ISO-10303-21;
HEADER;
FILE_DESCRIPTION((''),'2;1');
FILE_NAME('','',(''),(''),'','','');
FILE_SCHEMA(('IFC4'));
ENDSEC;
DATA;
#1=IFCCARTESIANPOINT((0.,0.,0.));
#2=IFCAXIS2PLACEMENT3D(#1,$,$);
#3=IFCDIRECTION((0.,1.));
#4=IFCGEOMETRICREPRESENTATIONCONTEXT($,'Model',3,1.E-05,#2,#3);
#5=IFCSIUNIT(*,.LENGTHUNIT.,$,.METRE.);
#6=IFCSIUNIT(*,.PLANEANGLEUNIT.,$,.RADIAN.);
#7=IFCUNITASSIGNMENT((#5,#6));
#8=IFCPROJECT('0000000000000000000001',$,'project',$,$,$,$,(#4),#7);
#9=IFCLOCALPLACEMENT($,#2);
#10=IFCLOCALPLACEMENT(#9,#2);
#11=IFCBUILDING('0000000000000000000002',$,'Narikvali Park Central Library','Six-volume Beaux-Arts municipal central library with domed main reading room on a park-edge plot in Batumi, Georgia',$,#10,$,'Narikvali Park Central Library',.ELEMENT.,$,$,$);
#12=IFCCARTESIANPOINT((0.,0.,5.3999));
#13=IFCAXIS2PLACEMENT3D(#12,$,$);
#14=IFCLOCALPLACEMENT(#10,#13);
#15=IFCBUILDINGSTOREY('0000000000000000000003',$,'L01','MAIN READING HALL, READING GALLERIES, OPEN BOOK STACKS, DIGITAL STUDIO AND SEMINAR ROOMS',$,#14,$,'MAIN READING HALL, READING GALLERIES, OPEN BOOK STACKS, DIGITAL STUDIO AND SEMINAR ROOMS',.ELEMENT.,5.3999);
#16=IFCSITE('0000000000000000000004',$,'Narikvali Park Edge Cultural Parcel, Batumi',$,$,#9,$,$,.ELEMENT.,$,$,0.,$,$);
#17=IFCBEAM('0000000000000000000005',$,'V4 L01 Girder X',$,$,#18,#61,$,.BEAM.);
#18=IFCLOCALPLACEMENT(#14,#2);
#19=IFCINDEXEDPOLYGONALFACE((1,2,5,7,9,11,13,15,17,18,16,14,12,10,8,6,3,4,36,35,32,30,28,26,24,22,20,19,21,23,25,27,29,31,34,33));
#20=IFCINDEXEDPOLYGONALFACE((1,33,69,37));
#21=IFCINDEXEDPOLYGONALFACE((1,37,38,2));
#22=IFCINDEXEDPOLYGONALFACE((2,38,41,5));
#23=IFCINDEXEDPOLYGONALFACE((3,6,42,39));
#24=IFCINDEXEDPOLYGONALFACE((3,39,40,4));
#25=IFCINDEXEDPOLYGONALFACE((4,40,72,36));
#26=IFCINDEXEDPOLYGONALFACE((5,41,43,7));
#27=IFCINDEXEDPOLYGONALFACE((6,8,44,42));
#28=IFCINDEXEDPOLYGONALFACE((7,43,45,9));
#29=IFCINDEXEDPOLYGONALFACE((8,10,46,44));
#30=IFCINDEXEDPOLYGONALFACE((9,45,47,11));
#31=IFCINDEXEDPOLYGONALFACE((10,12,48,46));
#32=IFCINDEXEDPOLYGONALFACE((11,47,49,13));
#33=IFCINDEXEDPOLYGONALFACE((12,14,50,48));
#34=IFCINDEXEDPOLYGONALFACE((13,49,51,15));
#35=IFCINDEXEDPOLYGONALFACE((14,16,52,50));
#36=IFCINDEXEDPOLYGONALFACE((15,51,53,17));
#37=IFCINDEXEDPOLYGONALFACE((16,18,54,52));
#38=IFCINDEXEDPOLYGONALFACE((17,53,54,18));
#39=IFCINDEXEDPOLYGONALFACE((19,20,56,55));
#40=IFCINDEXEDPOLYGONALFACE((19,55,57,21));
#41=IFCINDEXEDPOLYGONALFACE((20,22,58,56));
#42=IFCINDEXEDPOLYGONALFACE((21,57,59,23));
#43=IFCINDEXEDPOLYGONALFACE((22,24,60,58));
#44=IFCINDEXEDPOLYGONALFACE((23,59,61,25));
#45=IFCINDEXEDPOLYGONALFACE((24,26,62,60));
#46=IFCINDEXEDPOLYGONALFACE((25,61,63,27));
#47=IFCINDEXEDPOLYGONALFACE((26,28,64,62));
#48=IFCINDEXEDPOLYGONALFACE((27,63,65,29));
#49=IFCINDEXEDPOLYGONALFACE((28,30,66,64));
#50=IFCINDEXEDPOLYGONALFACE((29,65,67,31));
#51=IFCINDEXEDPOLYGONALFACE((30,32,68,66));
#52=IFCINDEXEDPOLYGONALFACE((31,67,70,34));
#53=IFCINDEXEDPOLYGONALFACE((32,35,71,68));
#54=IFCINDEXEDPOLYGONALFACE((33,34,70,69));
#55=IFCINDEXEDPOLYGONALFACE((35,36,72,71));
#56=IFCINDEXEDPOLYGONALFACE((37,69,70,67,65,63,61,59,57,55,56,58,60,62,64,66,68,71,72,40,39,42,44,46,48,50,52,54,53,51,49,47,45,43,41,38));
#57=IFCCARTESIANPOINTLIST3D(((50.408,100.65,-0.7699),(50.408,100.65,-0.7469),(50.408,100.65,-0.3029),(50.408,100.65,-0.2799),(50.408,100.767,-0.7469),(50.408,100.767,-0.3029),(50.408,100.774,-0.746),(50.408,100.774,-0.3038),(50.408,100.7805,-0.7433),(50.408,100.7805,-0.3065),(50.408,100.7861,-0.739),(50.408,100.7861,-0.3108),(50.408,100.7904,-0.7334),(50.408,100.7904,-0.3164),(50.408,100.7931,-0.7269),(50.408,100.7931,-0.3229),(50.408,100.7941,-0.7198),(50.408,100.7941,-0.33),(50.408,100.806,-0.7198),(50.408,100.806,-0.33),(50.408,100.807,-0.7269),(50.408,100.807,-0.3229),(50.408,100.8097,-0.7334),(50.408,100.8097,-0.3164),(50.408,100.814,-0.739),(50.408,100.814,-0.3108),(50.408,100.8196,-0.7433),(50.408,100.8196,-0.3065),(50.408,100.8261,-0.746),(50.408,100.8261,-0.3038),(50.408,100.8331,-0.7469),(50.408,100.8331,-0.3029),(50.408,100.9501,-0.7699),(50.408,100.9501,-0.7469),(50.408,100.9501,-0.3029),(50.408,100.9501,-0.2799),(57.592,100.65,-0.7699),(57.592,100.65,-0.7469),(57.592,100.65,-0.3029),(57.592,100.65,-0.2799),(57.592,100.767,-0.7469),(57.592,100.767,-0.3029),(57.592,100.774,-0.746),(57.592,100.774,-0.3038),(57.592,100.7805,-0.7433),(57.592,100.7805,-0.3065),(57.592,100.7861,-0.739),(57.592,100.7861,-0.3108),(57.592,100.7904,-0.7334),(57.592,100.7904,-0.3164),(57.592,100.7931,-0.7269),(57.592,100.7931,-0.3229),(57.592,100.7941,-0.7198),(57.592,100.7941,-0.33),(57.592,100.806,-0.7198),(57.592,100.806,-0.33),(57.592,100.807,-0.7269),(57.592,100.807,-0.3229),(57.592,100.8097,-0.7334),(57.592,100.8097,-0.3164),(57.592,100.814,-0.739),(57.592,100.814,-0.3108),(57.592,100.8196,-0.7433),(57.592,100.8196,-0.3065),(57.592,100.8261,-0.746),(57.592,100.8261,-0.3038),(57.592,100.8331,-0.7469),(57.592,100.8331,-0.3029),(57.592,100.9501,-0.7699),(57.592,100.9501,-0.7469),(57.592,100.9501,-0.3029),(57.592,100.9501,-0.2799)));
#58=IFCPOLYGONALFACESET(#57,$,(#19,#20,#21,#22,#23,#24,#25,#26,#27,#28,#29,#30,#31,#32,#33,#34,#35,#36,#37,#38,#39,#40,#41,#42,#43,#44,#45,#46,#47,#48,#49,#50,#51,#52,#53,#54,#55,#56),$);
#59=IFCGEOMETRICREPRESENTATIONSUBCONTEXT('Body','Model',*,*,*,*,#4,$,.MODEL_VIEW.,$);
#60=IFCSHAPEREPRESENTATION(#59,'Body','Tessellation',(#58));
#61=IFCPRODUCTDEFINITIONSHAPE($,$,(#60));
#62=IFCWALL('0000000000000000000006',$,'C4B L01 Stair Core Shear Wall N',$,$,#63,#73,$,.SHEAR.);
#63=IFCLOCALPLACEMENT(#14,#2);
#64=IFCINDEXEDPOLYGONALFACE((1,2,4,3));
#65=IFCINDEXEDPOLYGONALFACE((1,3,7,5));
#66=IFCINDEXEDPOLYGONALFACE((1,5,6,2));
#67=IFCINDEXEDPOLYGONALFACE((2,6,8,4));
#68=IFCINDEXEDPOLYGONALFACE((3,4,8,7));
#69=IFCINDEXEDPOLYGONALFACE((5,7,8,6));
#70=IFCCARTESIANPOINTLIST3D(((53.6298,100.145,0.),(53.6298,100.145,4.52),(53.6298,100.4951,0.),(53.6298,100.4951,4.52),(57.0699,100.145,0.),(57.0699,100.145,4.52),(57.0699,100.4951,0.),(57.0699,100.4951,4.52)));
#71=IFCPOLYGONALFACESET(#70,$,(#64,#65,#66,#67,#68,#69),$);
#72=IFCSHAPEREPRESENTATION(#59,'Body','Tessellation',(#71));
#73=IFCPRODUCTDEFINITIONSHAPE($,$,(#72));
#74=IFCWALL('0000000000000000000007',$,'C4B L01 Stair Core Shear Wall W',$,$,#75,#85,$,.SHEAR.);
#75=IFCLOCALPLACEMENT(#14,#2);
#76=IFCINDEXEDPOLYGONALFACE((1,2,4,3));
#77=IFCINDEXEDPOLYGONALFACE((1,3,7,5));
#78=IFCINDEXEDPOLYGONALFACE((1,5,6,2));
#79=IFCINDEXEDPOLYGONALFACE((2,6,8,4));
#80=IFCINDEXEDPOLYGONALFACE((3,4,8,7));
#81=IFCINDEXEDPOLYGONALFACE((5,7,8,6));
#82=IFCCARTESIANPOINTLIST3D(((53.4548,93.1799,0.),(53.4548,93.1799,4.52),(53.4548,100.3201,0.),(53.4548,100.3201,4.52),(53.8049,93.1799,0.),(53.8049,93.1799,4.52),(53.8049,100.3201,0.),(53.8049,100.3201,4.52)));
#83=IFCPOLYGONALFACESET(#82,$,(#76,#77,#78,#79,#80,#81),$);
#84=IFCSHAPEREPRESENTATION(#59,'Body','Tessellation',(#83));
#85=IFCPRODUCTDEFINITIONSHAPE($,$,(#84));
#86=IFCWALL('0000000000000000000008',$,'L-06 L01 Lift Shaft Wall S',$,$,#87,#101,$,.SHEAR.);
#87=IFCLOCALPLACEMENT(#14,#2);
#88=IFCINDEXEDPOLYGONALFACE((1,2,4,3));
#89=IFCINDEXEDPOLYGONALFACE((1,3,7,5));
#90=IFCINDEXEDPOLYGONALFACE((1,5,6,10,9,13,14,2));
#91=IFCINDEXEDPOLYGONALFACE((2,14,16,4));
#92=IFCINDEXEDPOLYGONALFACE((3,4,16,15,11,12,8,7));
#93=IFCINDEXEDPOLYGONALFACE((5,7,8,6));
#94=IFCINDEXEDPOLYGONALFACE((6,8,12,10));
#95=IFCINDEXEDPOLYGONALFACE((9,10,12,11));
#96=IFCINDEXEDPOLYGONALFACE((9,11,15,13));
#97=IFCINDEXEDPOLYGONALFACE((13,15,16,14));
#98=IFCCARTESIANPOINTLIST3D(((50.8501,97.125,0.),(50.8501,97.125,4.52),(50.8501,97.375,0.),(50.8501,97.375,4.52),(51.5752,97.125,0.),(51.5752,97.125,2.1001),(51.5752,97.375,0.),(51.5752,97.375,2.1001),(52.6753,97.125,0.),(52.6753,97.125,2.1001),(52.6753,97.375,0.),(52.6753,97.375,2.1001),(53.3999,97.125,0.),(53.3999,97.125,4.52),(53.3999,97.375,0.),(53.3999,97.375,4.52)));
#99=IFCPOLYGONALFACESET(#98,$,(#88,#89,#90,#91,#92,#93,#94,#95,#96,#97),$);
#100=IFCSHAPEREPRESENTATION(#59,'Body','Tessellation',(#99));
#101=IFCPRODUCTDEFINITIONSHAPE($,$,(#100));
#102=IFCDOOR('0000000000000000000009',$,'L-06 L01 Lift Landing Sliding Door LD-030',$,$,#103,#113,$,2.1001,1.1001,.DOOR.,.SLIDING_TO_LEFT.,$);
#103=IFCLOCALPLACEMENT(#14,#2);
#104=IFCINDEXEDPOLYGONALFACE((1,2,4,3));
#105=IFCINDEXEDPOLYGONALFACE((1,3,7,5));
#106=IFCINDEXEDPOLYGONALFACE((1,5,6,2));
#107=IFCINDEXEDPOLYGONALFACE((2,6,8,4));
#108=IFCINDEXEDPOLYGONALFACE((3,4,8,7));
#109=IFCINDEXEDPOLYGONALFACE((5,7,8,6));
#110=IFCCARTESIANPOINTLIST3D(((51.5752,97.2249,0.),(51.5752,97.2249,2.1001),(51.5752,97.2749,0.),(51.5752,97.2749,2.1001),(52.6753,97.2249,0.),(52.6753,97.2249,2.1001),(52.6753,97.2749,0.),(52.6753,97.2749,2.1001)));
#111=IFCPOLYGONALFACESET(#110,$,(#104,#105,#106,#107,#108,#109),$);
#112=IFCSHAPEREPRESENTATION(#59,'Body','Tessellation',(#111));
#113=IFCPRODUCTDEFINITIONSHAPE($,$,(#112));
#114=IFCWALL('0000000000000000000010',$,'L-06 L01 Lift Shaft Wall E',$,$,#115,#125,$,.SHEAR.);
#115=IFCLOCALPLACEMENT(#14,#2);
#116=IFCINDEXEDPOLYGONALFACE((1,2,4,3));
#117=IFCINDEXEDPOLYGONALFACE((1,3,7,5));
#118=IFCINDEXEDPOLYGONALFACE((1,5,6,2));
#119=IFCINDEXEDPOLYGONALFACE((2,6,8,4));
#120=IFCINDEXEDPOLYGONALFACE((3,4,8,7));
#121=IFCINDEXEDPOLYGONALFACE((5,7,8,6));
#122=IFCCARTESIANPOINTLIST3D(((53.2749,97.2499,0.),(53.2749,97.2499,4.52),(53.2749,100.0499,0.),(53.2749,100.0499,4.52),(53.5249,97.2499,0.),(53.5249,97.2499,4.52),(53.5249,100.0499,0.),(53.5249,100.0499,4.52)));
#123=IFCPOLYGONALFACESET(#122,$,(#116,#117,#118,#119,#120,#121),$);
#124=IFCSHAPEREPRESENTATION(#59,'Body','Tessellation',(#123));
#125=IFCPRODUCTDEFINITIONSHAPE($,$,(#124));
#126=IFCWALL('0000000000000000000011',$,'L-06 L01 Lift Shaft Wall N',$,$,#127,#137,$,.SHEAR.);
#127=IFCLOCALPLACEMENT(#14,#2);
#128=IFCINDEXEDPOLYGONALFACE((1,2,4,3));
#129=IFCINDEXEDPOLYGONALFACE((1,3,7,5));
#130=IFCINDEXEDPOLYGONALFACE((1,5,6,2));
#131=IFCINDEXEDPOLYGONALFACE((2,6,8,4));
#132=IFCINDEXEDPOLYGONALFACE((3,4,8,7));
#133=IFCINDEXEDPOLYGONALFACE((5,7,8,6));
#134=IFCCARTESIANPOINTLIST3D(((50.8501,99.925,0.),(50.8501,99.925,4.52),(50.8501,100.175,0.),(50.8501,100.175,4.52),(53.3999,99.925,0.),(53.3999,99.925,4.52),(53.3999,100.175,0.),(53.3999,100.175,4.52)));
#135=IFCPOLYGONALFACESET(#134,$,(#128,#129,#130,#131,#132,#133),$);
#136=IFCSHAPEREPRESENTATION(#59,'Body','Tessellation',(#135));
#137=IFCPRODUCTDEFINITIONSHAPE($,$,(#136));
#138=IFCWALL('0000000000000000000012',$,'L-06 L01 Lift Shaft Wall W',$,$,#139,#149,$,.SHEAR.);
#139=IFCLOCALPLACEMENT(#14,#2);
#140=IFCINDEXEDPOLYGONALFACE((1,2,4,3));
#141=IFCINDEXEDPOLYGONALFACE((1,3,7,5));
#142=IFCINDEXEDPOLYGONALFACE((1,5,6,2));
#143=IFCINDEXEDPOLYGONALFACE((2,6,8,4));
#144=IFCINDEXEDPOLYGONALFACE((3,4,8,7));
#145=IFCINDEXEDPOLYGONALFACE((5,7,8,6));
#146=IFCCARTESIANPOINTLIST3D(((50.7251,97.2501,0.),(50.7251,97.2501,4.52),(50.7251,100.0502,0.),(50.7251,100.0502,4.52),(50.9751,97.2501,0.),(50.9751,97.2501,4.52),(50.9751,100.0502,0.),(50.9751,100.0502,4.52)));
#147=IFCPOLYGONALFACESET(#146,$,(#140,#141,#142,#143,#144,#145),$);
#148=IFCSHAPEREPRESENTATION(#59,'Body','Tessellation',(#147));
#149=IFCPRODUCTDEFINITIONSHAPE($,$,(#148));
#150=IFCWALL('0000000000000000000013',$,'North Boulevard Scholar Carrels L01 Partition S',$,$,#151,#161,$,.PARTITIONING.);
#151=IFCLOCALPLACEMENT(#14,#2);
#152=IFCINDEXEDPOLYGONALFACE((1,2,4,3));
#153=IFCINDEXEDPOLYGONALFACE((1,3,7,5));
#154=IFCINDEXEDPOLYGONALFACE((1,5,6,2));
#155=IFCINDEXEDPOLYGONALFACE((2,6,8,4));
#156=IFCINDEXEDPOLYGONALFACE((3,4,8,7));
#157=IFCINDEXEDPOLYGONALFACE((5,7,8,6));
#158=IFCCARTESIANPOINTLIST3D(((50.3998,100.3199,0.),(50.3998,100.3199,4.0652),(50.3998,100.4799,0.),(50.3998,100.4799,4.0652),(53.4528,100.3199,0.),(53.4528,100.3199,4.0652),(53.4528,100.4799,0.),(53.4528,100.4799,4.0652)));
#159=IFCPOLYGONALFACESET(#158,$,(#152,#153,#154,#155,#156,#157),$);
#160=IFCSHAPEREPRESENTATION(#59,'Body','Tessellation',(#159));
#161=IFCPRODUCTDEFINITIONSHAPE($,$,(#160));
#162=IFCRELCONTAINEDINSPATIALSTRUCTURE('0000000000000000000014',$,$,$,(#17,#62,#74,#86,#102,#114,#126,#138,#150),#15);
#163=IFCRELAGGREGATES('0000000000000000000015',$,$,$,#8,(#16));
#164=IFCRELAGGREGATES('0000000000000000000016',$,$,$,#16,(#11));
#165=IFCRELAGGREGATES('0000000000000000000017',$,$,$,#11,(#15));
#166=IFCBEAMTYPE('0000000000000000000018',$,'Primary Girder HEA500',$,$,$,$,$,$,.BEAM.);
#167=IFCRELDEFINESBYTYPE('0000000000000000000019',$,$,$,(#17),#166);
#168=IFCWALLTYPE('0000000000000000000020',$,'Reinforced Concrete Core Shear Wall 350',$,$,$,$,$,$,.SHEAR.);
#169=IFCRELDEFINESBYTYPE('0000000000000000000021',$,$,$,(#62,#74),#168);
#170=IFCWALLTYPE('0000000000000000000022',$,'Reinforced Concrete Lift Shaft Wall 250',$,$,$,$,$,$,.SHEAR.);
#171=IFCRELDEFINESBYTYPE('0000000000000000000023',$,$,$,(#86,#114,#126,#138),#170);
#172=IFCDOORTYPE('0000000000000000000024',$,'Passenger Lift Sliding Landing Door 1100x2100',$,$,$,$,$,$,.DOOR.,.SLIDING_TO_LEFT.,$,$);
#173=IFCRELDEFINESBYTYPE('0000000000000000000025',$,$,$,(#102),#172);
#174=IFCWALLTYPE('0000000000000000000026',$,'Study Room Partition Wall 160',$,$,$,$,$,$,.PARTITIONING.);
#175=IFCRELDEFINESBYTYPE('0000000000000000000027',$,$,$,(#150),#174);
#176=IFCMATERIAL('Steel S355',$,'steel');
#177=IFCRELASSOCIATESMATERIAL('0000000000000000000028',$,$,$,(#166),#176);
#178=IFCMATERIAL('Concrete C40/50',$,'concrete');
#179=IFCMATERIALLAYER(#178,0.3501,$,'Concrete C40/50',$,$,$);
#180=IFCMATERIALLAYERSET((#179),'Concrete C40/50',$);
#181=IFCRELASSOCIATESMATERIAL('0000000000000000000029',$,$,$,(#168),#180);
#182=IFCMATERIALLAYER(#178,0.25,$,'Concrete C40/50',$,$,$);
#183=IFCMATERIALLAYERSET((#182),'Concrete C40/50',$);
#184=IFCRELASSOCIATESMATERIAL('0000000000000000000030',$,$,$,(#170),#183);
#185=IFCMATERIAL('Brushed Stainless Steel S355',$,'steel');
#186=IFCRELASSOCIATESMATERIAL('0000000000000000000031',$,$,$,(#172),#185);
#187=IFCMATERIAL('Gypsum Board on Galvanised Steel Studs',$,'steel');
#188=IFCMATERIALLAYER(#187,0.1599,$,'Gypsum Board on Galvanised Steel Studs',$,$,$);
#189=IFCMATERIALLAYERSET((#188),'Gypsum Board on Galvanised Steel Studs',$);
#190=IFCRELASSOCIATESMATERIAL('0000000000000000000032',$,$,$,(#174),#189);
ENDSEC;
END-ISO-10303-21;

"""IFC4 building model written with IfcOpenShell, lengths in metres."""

from ifc_helpers import new_model, si_unit, direction, frame, frame_2d, origin, origin_2d, place, context, subcontext, project, spatial, rectangle, i_section, extrude, material, layer, layer_set, material_profile, profile_set, type_object, element, fill, save


model = new_model("IFC4")

# Units and contexts
model_context = context("Model", 3, precision=1e-05, world=origin(), true_north=direction((0.0, 1.0)))
body_context = subcontext(model_context, "Body", "Model", "MODEL_VIEW")
ifc_project = project(units=[si_unit("LENGTHUNIT", "METRE"), si_unit("PLANEANGLEUNIT", "RADIAN")], contexts=[model_context])

# Site, building, storey
site_placement = place(None, origin())
site = spatial("IfcSite", under=ifc_project, at=site_placement, Name="Narikvali Park Edge Cultural Parcel, Batumi", CompositionType="ELEMENT", RefElevation=0.0)
building_placement = place(site_placement, origin())
building = spatial("IfcBuilding", under=site, at=building_placement, Name="Narikvali Park Central Library", Description="Six-volume Beaux-Arts municipal central library with domed main reading room on a park-edge plot in Batumi, Georgia", LongName="Narikvali Park Central Library", CompositionType="ELEMENT")
storey_placement = place(building_placement, frame((0.0, 0.0, 5.3999)))
storey = spatial("IfcBuildingStorey", under=building, at=storey_placement, Name="L01", Description="MAIN READING HALL, READING GALLERIES, OPEN BOOK STACKS, DIGITAL STUDIO AND SEMINAR ROOMS", LongName="MAIN READING HALL, READING GALLERIES, OPEN BOOK STACKS, DIGITAL STUDIO AND SEMINAR ROOMS", CompositionType="ELEMENT", Elevation=5.3999)

# Shared definitions
ifc_material_1 = material(Name="Steel S355", Category="steel")

# Beam
ifc_material_profile_1 = material_profile(ifc_material_1, i_section(OverallWidth=0.3, OverallDepth=0.49, WebThickness=0.012, FlangeThickness=0.0229, FilletRadius=0.0271, at=origin_2d()), Name="HEA 500")
ifc_profile_set_1 = profile_set([ifc_material_profile_1], Name="Steel S355")
beam_type_1 = type_object("IfcBeamType", Name="Primary Girder HEA500", PredefinedType="BEAM", material=ifc_profile_set_1)
beam_1_placement = place(storey_placement, frame((50.408, 100.8, -0.5249), z_axis=(1.0, 0.0, 0.0), x_axis=(0.0, 1.0, 0.0)))
element("IfcBeam", 1, at=beam_1_placement, inside=storey, type_object=beam_type_1, Name="V4 L01 Girder X", PredefinedType="BEAM", context=body_context, shape_type="SweptSolid", body=[
    extrude(i_section(OverallWidth=0.3, OverallDepth=0.49, WebThickness=0.012, FlangeThickness=0.0229, FilletRadius=0.0271, at=origin_2d()), origin(), (0.0, 0.0, 1.0), 7.1841),
])

# Walls
ifc_material_2 = material(Name="Concrete C40/50", Category="concrete")
ifc_layer_1 = layer(ifc_material_2, 0.3501, Name="Concrete C40/50")
ifc_layer_set_1 = layer_set([ifc_layer_1], Name="Concrete C40/50")
wall_type_1 = type_object("IfcWallType", Name="Reinforced Concrete Core Shear Wall 350", PredefinedType="SHEAR", material=ifc_layer_set_1)
wall_1_placement = place(storey_placement, frame((57.0701, 100.3201, 0.0), z_axis=(0.0, 0.0, 1.0), x_axis=(-1.0, 0.0, 0.0)))
element("IfcWall", 2, at=wall_1_placement, inside=storey, type_object=wall_type_1, Name="C4B L01 Stair Core Shear Wall N", PredefinedType="SHEAR", context=body_context, shape_type="SweptSolid", body=[
    extrude(rectangle(XDim=3.4402, YDim=0.3501, at=frame_2d((1.7202, 0.0))), origin(), (0.0, 0.0, 1.0), 4.52),
])
wall_2_placement = place(storey_placement, frame((53.6299, 100.3201, 0.0), z_axis=(0.0, 0.0, 1.0), x_axis=(0.0, -1.0, 0.0)))
element("IfcWall", 3, at=wall_2_placement, inside=storey, type_object=wall_type_1, Name="C4B L01 Stair Core Shear Wall W", PredefinedType="SHEAR", context=body_context, shape_type="SweptSolid", body=[
    extrude(rectangle(XDim=7.1401, YDim=0.3501, at=frame_2d((3.5701, 0.0))), origin(), (0.0, 0.0, 1.0), 4.52),
])

# Wall, opening, door
ifc_layer_2 = layer(ifc_material_2, 0.25, Name="Concrete C40/50")
ifc_layer_set_2 = layer_set([ifc_layer_2], Name="Concrete C40/50")
wall_type_2 = type_object("IfcWallType", Name="Reinforced Concrete Lift Shaft Wall 250", PredefinedType="SHEAR", material=ifc_layer_set_2)
wall_3_placement = place(storey_placement, frame((50.8501, 97.25, 0.0), z_axis=(0.0, 0.0, 1.0), x_axis=(1.0, 0.0, 0.0)))
wall_3 = element("IfcWall", 4, at=wall_3_placement, inside=storey, type_object=wall_type_2, Name="L-06 L01 Lift Shaft Wall S", PredefinedType="SHEAR", context=body_context, shape_type="SweptSolid", body=[
    extrude(rectangle(XDim=2.5498, YDim=0.25, at=frame_2d((1.2749, 0.0))), origin(), (0.0, 0.0, 1.0), 4.52),
])
opening_1_placement = place(wall_3_placement, frame((0.7251, 0.0, 0.0)))
opening_1 = element("IfcOpeningElement", 5, at=opening_1_placement, cuts=wall_3, PredefinedType="OPENING", context=body_context, shape_type="SweptSolid", body=[
    extrude(rectangle(XDim=1.1001, YDim=2.1001, at=frame_2d((0.55, 1.05))), frame((0.0, 0.137, 0.0), z_axis=(0.0, -1.0, 0.0), x_axis=(1.0, 0.0, 0.0)), (0.0, 0.0, 1.0), 0.2739),
])
ifc_material_3 = material(Name="Brushed Stainless Steel S355", Category="steel")
door_type_1 = type_object("IfcDoorType", Name="Passenger Lift Sliding Landing Door 1100x2100", OperationType="SLIDING_TO_LEFT", PredefinedType="DOOR", material=ifc_material_3)
door_1_placement = place(opening_1_placement, origin())
door_1 = element("IfcDoor", 6, at=door_1_placement, inside=storey, type_object=door_type_1, Name="L-06 L01 Lift Landing Sliding Door LD-030", OperationType="SLIDING_TO_LEFT", OverallHeight=2.1001, OverallWidth=1.1001, PredefinedType="DOOR", context=body_context, shape_type="SweptSolid", body=[
    extrude(rectangle(XDim=1.1001, YDim=2.1001, at=frame_2d((0.55, 1.05))), frame((0.0, 0.0249, 0.0), z_axis=(0.0, -1.0, 0.0), x_axis=(1.0, 0.0, 0.0)), (0.0, 0.0, 1.0), 0.05),
])
fill(opening_1, door_1)

# Walls
wall_4_placement = place(storey_placement, frame((53.3999, 97.25, 0.0), z_axis=(0.0, 0.0, 1.0), x_axis=(0.0, 1.0, 0.0)))
element("IfcWall", 7, at=wall_4_placement, inside=storey, type_object=wall_type_2, Name="L-06 L01 Lift Shaft Wall E", PredefinedType="SHEAR", context=body_context, shape_type="SweptSolid", body=[
    extrude(rectangle(XDim=2.8, YDim=0.25, at=frame_2d((1.3999, 0.0))), origin(), (0.0, 0.0, 1.0), 4.52),
])
wall_5_placement = place(storey_placement, frame((53.3999, 100.05, 0.0), z_axis=(0.0, 0.0, 1.0), x_axis=(-1.0, 0.0, 0.0)))
element("IfcWall", 8, at=wall_5_placement, inside=storey, type_object=wall_type_2, Name="L-06 L01 Lift Shaft Wall N", PredefinedType="SHEAR", context=body_context, shape_type="SweptSolid", body=[
    extrude(rectangle(XDim=2.5498, YDim=0.25, at=frame_2d((1.2749, 0.0))), origin(), (0.0, 0.0, 1.0), 4.52),
])
wall_6_placement = place(storey_placement, frame((50.8501, 100.05, 0.0), z_axis=(0.0, 0.0, 1.0), x_axis=(0.0, -1.0, 0.0)))
element("IfcWall", 9, at=wall_6_placement, inside=storey, type_object=wall_type_2, Name="L-06 L01 Lift Shaft Wall W", PredefinedType="SHEAR", context=body_context, shape_type="SweptSolid", body=[
    extrude(rectangle(XDim=2.8, YDim=0.25, at=frame_2d((1.3999, 0.0))), origin(), (0.0, 0.0, 1.0), 4.52),
])
ifc_material_4 = material(Name="Gypsum Board on Galvanised Steel Studs", Category="steel")
ifc_layer_3 = layer(ifc_material_4, 0.1599, Name="Gypsum Board on Galvanised Steel Studs")
ifc_layer_set_3 = layer_set([ifc_layer_3], Name="Gypsum Board on Galvanised Steel Studs")
wall_type_3 = type_object("IfcWallType", Name="Study Room Partition Wall 160", PredefinedType="PARTITIONING", material=ifc_layer_set_3)
wall_7_placement = place(storey_placement, frame((50.3999, 100.3999, 0.0), z_axis=(0.0, 0.0, 1.0), x_axis=(1.0, 0.0, 0.0)))
element("IfcWall", 10, at=wall_7_placement, inside=storey, type_object=wall_type_3, Name="North Boulevard Scholar Carrels L01 Partition S", PredefinedType="PARTITIONING", context=body_context, shape_type="SweptSolid", body=[
    extrude(rectangle(XDim=3.053, YDim=0.1599, at=frame_2d((1.5264, 0.0))), origin(), (0.0, 0.0, 1.0), 4.0652),
])

save(model, "model.ifc")
